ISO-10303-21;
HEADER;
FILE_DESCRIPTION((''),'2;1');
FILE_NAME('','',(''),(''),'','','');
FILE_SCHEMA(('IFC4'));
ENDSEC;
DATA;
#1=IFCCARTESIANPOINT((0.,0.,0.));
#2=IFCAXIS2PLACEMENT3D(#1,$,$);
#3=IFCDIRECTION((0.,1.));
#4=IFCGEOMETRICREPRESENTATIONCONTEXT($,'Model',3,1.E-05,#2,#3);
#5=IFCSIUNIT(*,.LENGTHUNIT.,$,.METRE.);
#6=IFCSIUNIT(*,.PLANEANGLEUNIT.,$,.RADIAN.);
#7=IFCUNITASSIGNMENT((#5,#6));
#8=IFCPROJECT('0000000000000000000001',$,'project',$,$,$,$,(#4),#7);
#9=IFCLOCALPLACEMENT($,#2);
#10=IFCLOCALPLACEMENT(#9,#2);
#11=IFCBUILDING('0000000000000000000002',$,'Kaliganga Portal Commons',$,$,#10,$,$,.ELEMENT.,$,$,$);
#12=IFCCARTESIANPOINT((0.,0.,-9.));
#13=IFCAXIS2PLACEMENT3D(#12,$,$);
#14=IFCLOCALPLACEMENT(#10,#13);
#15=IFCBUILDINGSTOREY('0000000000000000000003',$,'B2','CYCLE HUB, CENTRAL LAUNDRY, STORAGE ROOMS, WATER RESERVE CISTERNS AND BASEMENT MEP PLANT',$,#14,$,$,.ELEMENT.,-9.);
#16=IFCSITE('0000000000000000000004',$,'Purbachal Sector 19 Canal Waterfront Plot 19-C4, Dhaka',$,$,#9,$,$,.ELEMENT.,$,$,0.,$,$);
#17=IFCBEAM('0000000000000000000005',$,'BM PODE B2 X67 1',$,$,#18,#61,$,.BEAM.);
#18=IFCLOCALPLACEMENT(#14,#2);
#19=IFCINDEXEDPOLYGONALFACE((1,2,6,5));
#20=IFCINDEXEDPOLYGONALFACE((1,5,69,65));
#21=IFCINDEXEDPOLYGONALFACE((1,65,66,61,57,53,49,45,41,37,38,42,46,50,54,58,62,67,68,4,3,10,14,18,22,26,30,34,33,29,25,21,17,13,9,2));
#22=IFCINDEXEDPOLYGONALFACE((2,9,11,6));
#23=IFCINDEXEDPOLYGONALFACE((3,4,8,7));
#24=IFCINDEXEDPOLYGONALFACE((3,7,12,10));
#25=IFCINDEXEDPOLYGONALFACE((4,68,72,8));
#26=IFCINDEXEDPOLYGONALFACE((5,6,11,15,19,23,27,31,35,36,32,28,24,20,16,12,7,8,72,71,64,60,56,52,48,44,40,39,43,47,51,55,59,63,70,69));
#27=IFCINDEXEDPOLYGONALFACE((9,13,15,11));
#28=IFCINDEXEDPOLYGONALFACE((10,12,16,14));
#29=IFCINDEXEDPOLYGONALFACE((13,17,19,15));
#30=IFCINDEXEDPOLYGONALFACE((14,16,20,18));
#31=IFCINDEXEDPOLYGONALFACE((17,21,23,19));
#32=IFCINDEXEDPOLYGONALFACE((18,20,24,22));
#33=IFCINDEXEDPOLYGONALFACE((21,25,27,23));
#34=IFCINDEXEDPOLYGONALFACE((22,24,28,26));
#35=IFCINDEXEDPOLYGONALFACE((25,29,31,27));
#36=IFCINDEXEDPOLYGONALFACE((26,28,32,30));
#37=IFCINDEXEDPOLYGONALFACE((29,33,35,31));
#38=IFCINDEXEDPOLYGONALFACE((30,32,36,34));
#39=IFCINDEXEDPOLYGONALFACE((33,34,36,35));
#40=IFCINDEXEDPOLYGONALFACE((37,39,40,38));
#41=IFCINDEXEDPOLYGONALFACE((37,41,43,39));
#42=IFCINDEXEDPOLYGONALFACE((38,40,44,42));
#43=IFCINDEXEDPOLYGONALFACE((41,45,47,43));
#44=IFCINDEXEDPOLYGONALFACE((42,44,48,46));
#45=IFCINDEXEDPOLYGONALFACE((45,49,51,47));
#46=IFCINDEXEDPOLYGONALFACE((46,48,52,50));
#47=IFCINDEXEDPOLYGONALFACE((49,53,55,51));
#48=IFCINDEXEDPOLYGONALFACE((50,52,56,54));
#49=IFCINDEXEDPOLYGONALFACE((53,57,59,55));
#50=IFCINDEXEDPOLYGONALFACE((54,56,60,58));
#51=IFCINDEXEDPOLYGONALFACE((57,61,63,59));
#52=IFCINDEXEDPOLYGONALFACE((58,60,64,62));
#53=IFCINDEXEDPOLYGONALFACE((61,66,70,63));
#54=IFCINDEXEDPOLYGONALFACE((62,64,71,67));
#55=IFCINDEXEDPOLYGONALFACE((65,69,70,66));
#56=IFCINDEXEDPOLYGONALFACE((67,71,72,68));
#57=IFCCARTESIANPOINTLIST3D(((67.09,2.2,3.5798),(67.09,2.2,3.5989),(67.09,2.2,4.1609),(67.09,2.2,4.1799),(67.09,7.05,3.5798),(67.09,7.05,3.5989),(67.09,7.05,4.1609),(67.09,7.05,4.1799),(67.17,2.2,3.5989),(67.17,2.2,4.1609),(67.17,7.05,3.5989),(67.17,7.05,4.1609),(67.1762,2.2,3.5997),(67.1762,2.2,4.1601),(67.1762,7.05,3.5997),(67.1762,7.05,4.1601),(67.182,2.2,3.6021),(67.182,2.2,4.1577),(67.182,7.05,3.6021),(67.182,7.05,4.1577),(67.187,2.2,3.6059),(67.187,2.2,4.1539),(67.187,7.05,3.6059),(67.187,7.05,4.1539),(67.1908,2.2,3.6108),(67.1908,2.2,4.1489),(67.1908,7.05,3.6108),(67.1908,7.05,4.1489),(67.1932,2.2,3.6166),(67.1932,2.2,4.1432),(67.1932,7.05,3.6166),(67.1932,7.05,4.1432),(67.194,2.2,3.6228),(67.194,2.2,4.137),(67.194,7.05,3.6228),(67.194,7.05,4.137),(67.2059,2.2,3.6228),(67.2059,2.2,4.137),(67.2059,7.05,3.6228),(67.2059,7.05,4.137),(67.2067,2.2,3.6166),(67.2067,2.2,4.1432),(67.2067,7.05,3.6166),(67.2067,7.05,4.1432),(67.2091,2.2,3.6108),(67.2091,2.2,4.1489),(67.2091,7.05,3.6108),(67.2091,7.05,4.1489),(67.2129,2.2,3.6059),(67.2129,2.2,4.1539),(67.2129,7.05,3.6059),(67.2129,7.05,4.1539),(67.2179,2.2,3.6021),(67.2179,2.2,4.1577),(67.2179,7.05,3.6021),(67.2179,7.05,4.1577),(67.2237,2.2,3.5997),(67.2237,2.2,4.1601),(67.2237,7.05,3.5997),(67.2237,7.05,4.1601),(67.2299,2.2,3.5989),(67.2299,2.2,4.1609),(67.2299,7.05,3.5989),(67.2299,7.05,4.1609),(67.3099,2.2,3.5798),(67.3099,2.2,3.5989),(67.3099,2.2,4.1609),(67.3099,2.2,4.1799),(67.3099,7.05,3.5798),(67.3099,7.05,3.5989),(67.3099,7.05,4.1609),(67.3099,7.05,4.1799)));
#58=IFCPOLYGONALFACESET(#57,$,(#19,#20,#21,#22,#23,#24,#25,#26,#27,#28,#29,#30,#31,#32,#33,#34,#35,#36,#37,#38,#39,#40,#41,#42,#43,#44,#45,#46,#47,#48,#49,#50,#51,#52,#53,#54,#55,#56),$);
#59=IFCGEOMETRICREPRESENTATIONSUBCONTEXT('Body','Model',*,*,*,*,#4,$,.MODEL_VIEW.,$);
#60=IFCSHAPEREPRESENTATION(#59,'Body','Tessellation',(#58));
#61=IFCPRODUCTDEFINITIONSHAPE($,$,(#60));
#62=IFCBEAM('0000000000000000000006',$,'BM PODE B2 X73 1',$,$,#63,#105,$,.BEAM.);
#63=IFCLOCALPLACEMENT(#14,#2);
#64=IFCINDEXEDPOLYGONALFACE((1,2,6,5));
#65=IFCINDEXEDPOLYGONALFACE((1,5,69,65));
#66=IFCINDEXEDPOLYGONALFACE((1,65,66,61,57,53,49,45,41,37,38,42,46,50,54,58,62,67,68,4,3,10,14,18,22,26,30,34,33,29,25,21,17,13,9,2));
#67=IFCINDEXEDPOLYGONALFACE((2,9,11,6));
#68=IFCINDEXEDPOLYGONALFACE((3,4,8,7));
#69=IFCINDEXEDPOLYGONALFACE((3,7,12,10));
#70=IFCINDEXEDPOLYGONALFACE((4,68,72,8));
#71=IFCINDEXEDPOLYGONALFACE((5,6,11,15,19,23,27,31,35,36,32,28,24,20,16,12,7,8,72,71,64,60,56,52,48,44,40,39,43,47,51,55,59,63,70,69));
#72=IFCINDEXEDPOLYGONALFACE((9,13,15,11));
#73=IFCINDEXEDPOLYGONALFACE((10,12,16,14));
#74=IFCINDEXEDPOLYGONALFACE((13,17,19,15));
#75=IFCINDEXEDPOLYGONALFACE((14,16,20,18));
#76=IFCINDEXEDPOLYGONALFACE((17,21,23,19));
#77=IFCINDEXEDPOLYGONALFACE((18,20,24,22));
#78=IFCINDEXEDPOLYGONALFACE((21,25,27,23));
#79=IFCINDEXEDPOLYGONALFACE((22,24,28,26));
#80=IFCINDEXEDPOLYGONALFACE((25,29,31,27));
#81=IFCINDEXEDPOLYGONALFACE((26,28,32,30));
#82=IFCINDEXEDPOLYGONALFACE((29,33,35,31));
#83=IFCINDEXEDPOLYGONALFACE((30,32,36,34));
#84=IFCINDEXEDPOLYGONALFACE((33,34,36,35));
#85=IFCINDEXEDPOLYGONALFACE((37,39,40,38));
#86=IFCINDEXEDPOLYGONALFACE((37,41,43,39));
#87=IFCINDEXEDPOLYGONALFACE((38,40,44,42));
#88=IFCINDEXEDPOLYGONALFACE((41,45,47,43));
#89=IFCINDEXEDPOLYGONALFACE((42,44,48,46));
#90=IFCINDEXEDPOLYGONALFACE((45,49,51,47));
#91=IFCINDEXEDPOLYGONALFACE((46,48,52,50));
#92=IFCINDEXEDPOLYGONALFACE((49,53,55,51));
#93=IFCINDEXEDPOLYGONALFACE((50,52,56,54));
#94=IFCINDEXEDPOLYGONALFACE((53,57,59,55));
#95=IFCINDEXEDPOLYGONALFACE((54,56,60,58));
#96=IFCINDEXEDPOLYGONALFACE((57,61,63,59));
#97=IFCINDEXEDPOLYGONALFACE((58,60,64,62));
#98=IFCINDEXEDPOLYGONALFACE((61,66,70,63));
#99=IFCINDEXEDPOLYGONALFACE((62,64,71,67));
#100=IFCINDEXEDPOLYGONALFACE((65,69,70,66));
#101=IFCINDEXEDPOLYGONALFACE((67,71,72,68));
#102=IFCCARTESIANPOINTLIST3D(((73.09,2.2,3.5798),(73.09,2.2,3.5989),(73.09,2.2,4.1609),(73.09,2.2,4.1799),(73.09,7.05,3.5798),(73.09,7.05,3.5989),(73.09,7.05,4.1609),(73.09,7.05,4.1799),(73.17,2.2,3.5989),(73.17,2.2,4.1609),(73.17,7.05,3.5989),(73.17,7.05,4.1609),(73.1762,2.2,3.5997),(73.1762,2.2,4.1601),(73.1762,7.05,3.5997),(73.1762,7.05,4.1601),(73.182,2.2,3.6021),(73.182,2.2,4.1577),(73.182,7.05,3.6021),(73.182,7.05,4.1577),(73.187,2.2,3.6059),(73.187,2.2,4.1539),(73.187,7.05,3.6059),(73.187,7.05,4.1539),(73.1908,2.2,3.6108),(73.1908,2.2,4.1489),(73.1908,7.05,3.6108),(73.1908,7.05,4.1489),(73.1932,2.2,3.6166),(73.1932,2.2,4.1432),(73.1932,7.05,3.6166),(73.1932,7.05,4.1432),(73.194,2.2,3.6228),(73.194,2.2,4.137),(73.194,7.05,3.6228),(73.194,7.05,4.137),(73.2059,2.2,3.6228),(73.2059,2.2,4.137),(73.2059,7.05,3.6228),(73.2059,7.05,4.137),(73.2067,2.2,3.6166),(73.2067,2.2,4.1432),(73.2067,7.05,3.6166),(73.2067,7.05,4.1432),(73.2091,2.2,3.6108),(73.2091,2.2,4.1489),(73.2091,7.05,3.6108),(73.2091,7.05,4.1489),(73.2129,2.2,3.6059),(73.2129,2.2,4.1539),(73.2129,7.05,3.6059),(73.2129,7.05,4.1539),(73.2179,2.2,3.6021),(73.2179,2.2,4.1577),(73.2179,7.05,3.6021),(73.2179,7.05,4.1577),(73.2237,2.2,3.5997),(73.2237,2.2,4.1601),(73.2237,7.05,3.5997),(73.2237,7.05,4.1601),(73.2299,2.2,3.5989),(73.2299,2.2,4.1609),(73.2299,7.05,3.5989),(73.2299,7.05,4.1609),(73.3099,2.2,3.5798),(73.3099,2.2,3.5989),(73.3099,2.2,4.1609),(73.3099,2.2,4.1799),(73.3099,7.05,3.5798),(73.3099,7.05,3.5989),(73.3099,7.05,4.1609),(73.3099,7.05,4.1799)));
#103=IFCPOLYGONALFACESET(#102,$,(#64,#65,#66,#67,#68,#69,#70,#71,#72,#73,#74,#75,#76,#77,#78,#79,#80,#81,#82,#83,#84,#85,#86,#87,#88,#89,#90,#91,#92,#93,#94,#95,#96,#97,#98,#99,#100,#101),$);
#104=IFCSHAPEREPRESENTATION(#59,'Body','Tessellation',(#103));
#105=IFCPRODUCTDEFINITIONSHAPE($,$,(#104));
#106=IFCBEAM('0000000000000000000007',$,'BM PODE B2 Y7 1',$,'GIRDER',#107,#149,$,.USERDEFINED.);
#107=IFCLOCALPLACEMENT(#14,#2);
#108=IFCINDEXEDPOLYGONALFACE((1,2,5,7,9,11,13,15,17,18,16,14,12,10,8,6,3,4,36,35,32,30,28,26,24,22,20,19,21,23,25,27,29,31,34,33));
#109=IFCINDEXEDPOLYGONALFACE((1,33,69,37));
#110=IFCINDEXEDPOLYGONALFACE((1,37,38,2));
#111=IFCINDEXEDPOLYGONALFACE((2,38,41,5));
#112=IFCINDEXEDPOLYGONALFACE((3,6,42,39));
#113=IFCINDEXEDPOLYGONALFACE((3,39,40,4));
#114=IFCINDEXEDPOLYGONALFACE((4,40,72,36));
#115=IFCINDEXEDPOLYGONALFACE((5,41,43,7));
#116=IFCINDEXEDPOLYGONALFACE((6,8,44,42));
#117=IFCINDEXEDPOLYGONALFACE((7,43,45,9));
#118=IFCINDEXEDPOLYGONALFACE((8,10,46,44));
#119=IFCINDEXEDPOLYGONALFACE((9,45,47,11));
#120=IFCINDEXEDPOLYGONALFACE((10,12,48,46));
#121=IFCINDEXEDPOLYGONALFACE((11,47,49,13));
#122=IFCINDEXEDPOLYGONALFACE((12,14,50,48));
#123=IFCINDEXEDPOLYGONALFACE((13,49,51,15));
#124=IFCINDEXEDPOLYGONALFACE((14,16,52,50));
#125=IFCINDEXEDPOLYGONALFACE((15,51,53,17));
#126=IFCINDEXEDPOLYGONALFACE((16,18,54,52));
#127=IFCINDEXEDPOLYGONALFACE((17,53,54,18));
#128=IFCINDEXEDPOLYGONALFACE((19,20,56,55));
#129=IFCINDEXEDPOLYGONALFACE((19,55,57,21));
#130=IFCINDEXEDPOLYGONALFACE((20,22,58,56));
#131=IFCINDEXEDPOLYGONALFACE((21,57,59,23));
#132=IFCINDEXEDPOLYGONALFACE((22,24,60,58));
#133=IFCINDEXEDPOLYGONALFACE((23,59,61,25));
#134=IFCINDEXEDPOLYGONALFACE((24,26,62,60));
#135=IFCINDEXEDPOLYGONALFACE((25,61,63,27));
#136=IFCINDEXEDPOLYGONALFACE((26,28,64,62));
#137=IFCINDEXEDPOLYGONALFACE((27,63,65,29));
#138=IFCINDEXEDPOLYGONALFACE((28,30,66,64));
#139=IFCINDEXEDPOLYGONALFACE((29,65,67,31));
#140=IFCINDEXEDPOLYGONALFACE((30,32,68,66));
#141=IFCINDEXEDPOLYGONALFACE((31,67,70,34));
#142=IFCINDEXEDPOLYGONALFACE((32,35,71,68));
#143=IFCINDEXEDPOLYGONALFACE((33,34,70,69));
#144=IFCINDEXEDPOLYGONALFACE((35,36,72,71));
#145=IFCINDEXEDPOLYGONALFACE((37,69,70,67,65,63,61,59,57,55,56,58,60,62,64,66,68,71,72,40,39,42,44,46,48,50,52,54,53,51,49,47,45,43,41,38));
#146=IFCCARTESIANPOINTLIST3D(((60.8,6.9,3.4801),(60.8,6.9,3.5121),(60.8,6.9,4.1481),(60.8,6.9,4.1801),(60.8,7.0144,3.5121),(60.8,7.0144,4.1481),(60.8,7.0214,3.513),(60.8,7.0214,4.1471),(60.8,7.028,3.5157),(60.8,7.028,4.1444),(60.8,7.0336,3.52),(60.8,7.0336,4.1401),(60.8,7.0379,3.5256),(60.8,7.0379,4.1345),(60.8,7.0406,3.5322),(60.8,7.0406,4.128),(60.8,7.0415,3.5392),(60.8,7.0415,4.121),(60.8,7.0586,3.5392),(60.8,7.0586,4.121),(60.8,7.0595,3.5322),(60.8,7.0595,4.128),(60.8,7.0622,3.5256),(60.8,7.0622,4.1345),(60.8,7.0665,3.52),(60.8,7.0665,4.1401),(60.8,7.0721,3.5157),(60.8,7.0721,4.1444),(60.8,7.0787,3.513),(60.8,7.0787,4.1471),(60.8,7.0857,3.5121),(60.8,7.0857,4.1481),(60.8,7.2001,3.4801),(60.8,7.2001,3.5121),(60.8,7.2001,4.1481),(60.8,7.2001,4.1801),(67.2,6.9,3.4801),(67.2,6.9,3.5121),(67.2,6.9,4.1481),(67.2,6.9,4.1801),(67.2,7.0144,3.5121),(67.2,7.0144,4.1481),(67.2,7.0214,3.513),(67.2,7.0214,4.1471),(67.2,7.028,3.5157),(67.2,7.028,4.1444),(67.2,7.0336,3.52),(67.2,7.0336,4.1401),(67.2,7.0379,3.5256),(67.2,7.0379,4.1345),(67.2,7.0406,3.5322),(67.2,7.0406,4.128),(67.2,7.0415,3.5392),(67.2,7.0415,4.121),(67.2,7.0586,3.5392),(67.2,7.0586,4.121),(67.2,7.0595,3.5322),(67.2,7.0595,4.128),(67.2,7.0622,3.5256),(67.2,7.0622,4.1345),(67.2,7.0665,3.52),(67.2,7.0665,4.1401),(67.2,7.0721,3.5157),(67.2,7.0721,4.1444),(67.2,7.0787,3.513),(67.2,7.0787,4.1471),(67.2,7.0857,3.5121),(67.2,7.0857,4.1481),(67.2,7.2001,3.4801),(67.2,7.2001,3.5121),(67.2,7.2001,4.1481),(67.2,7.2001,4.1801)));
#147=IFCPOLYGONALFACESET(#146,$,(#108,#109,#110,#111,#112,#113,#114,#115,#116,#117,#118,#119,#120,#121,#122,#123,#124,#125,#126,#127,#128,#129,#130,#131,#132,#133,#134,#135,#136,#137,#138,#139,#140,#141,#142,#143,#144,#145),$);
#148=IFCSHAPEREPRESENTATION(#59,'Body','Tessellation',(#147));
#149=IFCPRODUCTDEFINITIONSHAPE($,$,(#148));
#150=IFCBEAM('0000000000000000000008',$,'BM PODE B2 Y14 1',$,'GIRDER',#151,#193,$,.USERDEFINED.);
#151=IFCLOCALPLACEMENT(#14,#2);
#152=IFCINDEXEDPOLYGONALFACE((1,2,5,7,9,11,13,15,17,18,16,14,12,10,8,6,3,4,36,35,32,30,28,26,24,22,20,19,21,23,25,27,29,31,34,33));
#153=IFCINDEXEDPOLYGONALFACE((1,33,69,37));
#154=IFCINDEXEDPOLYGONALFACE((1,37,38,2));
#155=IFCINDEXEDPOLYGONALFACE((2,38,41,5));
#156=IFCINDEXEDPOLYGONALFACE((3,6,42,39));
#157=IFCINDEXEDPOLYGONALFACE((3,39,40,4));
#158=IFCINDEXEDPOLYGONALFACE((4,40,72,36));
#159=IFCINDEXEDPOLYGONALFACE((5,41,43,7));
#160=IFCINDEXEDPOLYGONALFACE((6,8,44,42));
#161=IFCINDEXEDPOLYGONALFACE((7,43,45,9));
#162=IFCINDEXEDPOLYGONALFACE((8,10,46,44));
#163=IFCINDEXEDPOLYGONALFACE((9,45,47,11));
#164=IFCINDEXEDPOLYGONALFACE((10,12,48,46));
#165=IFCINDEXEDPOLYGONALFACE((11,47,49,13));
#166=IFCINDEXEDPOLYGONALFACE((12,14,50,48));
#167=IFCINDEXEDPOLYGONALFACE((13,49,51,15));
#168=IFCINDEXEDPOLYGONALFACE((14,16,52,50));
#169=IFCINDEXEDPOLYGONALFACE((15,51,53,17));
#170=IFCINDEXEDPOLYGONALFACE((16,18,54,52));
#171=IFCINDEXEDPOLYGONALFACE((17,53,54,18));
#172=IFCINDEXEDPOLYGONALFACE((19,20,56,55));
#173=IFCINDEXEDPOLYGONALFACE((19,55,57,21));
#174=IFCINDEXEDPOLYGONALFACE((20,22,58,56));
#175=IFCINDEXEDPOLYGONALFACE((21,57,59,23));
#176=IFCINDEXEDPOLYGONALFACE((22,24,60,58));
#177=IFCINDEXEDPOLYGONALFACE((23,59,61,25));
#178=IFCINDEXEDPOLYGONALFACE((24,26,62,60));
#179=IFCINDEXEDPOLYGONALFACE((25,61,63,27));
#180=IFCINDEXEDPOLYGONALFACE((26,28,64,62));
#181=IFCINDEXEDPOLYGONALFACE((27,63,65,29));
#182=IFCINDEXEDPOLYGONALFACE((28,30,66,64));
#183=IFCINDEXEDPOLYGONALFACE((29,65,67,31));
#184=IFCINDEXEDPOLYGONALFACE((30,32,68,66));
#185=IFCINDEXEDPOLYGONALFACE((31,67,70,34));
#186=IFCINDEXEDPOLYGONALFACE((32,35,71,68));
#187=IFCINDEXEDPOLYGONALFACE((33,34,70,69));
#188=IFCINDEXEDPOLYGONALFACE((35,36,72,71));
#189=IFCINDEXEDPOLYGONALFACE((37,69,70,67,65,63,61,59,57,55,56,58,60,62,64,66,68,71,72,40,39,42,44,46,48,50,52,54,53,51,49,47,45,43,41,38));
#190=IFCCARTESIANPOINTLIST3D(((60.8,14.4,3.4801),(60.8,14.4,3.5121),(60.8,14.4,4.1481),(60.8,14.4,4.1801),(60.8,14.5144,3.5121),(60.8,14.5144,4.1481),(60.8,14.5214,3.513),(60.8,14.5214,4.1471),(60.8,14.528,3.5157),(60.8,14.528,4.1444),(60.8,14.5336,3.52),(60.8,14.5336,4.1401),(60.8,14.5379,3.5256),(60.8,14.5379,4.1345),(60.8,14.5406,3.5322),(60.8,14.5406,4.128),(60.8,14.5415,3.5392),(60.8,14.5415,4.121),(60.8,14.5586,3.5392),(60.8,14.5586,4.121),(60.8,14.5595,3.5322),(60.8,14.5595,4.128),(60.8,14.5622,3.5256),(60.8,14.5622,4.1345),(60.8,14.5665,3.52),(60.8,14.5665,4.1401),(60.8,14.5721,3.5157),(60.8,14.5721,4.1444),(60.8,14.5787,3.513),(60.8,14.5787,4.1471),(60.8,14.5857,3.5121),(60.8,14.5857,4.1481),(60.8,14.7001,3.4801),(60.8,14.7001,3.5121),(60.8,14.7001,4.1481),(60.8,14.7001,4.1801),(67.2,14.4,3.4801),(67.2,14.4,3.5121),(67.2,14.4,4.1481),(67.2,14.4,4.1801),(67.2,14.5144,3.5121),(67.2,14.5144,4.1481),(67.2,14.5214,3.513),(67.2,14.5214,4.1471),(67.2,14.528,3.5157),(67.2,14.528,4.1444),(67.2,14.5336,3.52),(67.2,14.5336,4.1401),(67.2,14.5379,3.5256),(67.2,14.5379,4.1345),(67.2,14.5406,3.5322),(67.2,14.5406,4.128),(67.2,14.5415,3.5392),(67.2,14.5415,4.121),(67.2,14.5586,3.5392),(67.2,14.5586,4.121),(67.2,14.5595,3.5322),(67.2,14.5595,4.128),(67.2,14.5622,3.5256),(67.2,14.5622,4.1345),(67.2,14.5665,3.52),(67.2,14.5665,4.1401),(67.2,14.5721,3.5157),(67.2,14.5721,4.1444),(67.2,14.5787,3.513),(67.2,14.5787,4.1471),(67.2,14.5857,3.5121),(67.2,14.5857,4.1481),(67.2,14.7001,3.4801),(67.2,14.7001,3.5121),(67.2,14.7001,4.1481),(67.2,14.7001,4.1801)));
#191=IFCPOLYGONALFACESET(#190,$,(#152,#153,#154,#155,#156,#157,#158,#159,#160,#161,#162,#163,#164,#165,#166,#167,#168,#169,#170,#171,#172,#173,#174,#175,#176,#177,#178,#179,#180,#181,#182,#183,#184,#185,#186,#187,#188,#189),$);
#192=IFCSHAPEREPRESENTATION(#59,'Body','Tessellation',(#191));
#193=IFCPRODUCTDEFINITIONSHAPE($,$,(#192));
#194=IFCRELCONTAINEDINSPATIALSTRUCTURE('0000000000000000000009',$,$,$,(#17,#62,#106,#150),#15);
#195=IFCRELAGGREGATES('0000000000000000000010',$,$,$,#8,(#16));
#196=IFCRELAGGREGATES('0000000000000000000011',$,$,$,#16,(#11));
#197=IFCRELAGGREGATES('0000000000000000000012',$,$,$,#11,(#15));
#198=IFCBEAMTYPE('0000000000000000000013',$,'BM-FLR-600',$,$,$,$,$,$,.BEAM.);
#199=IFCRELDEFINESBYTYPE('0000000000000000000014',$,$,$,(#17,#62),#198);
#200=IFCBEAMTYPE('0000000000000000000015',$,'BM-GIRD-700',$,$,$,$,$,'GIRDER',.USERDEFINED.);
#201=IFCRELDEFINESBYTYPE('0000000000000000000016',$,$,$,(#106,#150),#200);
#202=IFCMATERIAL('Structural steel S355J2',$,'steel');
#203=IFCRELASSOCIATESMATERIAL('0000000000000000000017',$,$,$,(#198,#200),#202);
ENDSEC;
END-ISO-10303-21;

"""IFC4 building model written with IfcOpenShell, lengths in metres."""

from ifc_helpers import new_model, si_unit, direction, frame, origin, origin_2d, place, context, subcontext, project, spatial, i_section, extrude, source, transform, mapped, material, material_profile, profile_set, type_object, element, save


model = new_model("IFC4")

# Units and contexts
model_context = context("Model", 3, precision=1e-05, world=origin(), true_north=direction((0.0, 1.0)))
body_context = subcontext(model_context, "Body", "Model", "MODEL_VIEW")
ifc_project = project(units=[si_unit("LENGTHUNIT", "METRE"), si_unit("PLANEANGLEUNIT", "RADIAN")], contexts=[model_context])

# Site, building, storey
site_placement = place(None, origin())
site = spatial("IfcSite", under=ifc_project, at=site_placement, Name="Purbachal Sector 19 Canal Waterfront Plot 19-C4, Dhaka", CompositionType="ELEMENT", RefElevation=0.0)
building_placement = place(site_placement, origin())
building = spatial("IfcBuilding", under=site, at=building_placement, Name="Kaliganga Portal Commons", CompositionType="ELEMENT")
storey_placement = place(building_placement, frame((0.0, 0.0, -9.0)))
storey = spatial("IfcBuildingStorey", under=building, at=storey_placement, Name="B2", Description="CYCLE HUB, CENTRAL LAUNDRY, STORAGE ROOMS, WATER RESERVE CISTERNS AND BASEMENT MEP PLANT", CompositionType="ELEMENT", Elevation=-9.0)

# Beams
ifc_material_1 = material(Name="Structural steel S355J2", Category="steel")
ifc_material_profile_1 = material_profile(ifc_material_1, i_section(OverallWidth=0.22, OverallDepth=0.6001, WebThickness=0.012, FlangeThickness=0.019, FilletRadius=0.0239, at=origin_2d()), Name="IPE 600")
ifc_profile_set_1 = profile_set([ifc_material_profile_1], Name="Structural steel S355J2 wide-flange")
beam_type_1 = type_object("IfcBeamType", Name="BM-FLR-600", PredefinedType="BEAM", material=ifc_profile_set_1)
ifc_material_profile_2 = material_profile(ifc_material_1, i_section(OverallWidth=0.3, OverallDepth=0.7, WebThickness=0.0171, FlangeThickness=0.032, FilletRadius=0.0271, at=origin_2d()), Name="HE 700 B")
ifc_profile_set_2 = profile_set([ifc_material_profile_2], Name="Structural steel S355J2 wide-flange")
beam_type_2 = type_object("IfcBeamType", Name="BM-GIRD-700", ElementType="GIRDER", PredefinedType="USERDEFINED", material=ifc_profile_set_2)
shared_shape_1 = source(origin(), body_context, "Body", "SweptSolid", [
    extrude(i_section(OverallWidth=0.22, OverallDepth=0.6001, WebThickness=0.012, FlangeThickness=0.019, FilletRadius=0.0239, at=origin_2d()), origin(), (0.0, 0.0, 1.0), 4.8501),
])
for number, where, z_axis, x_axis, name in (
    (1, (67.2, 2.2, 3.8799), (0.0, 1.0, 0.0), (-1.0, 0.0, 0.0), "BM PODE B2 X67 1"),
    (2, (73.2, 2.2, 3.8799), (0.0, 1.0, 0.0), (-1.0, 0.0, 0.0), "BM PODE B2 X73 1"),
):
    element("IfcBeam", number, at=place(storey_placement, frame(where, z_axis=z_axis, x_axis=x_axis)), inside=storey, type_object=beam_type_1, Name=name, PredefinedType="BEAM", context=body_context, shape_type="MappedRepresentation", body=[
        mapped(shared_shape_1, transform((0.0, 0.0, 0.0), x_axis=(1.0, 0.0, 0.0), y_axis=(0.0, 1.0, 0.0), z_axis=(0.0, 0.0, 1.0), scale=1.0)),
    ])
shared_shape_2 = source(origin(), body_context, "Body", "SweptSolid", [
    extrude(i_section(OverallWidth=0.3, OverallDepth=0.7, WebThickness=0.0171, FlangeThickness=0.032, FilletRadius=0.0271, at=origin_2d()), origin(), (0.0, 0.0, 1.0), 6.3999),
])
for number, where, z_axis, x_axis, name in (
    (3, (60.8, 7.05, 3.8301), (1.0, 0.0, 0.0), (0.0, 1.0, 0.0), "BM PODE B2 Y7 1"),
    (4, (60.8, 14.55, 3.8301), (1.0, 0.0, 0.0), (0.0, 1.0, 0.0), "BM PODE B2 Y14 1"),
):
    element("IfcBeam", number, at=place(storey_placement, frame(where, z_axis=z_axis, x_axis=x_axis)), inside=storey, type_object=beam_type_2, Name=name, ObjectType="GIRDER", PredefinedType="USERDEFINED", context=body_context, shape_type="MappedRepresentation", body=[
        mapped(shared_shape_2, transform((0.0, 0.0, 0.0), x_axis=(1.0, 0.0, 0.0), y_axis=(0.0, 1.0, 0.0), z_axis=(0.0, 0.0, 1.0), scale=1.0)),
    ])

save(model, "model.ifc")
